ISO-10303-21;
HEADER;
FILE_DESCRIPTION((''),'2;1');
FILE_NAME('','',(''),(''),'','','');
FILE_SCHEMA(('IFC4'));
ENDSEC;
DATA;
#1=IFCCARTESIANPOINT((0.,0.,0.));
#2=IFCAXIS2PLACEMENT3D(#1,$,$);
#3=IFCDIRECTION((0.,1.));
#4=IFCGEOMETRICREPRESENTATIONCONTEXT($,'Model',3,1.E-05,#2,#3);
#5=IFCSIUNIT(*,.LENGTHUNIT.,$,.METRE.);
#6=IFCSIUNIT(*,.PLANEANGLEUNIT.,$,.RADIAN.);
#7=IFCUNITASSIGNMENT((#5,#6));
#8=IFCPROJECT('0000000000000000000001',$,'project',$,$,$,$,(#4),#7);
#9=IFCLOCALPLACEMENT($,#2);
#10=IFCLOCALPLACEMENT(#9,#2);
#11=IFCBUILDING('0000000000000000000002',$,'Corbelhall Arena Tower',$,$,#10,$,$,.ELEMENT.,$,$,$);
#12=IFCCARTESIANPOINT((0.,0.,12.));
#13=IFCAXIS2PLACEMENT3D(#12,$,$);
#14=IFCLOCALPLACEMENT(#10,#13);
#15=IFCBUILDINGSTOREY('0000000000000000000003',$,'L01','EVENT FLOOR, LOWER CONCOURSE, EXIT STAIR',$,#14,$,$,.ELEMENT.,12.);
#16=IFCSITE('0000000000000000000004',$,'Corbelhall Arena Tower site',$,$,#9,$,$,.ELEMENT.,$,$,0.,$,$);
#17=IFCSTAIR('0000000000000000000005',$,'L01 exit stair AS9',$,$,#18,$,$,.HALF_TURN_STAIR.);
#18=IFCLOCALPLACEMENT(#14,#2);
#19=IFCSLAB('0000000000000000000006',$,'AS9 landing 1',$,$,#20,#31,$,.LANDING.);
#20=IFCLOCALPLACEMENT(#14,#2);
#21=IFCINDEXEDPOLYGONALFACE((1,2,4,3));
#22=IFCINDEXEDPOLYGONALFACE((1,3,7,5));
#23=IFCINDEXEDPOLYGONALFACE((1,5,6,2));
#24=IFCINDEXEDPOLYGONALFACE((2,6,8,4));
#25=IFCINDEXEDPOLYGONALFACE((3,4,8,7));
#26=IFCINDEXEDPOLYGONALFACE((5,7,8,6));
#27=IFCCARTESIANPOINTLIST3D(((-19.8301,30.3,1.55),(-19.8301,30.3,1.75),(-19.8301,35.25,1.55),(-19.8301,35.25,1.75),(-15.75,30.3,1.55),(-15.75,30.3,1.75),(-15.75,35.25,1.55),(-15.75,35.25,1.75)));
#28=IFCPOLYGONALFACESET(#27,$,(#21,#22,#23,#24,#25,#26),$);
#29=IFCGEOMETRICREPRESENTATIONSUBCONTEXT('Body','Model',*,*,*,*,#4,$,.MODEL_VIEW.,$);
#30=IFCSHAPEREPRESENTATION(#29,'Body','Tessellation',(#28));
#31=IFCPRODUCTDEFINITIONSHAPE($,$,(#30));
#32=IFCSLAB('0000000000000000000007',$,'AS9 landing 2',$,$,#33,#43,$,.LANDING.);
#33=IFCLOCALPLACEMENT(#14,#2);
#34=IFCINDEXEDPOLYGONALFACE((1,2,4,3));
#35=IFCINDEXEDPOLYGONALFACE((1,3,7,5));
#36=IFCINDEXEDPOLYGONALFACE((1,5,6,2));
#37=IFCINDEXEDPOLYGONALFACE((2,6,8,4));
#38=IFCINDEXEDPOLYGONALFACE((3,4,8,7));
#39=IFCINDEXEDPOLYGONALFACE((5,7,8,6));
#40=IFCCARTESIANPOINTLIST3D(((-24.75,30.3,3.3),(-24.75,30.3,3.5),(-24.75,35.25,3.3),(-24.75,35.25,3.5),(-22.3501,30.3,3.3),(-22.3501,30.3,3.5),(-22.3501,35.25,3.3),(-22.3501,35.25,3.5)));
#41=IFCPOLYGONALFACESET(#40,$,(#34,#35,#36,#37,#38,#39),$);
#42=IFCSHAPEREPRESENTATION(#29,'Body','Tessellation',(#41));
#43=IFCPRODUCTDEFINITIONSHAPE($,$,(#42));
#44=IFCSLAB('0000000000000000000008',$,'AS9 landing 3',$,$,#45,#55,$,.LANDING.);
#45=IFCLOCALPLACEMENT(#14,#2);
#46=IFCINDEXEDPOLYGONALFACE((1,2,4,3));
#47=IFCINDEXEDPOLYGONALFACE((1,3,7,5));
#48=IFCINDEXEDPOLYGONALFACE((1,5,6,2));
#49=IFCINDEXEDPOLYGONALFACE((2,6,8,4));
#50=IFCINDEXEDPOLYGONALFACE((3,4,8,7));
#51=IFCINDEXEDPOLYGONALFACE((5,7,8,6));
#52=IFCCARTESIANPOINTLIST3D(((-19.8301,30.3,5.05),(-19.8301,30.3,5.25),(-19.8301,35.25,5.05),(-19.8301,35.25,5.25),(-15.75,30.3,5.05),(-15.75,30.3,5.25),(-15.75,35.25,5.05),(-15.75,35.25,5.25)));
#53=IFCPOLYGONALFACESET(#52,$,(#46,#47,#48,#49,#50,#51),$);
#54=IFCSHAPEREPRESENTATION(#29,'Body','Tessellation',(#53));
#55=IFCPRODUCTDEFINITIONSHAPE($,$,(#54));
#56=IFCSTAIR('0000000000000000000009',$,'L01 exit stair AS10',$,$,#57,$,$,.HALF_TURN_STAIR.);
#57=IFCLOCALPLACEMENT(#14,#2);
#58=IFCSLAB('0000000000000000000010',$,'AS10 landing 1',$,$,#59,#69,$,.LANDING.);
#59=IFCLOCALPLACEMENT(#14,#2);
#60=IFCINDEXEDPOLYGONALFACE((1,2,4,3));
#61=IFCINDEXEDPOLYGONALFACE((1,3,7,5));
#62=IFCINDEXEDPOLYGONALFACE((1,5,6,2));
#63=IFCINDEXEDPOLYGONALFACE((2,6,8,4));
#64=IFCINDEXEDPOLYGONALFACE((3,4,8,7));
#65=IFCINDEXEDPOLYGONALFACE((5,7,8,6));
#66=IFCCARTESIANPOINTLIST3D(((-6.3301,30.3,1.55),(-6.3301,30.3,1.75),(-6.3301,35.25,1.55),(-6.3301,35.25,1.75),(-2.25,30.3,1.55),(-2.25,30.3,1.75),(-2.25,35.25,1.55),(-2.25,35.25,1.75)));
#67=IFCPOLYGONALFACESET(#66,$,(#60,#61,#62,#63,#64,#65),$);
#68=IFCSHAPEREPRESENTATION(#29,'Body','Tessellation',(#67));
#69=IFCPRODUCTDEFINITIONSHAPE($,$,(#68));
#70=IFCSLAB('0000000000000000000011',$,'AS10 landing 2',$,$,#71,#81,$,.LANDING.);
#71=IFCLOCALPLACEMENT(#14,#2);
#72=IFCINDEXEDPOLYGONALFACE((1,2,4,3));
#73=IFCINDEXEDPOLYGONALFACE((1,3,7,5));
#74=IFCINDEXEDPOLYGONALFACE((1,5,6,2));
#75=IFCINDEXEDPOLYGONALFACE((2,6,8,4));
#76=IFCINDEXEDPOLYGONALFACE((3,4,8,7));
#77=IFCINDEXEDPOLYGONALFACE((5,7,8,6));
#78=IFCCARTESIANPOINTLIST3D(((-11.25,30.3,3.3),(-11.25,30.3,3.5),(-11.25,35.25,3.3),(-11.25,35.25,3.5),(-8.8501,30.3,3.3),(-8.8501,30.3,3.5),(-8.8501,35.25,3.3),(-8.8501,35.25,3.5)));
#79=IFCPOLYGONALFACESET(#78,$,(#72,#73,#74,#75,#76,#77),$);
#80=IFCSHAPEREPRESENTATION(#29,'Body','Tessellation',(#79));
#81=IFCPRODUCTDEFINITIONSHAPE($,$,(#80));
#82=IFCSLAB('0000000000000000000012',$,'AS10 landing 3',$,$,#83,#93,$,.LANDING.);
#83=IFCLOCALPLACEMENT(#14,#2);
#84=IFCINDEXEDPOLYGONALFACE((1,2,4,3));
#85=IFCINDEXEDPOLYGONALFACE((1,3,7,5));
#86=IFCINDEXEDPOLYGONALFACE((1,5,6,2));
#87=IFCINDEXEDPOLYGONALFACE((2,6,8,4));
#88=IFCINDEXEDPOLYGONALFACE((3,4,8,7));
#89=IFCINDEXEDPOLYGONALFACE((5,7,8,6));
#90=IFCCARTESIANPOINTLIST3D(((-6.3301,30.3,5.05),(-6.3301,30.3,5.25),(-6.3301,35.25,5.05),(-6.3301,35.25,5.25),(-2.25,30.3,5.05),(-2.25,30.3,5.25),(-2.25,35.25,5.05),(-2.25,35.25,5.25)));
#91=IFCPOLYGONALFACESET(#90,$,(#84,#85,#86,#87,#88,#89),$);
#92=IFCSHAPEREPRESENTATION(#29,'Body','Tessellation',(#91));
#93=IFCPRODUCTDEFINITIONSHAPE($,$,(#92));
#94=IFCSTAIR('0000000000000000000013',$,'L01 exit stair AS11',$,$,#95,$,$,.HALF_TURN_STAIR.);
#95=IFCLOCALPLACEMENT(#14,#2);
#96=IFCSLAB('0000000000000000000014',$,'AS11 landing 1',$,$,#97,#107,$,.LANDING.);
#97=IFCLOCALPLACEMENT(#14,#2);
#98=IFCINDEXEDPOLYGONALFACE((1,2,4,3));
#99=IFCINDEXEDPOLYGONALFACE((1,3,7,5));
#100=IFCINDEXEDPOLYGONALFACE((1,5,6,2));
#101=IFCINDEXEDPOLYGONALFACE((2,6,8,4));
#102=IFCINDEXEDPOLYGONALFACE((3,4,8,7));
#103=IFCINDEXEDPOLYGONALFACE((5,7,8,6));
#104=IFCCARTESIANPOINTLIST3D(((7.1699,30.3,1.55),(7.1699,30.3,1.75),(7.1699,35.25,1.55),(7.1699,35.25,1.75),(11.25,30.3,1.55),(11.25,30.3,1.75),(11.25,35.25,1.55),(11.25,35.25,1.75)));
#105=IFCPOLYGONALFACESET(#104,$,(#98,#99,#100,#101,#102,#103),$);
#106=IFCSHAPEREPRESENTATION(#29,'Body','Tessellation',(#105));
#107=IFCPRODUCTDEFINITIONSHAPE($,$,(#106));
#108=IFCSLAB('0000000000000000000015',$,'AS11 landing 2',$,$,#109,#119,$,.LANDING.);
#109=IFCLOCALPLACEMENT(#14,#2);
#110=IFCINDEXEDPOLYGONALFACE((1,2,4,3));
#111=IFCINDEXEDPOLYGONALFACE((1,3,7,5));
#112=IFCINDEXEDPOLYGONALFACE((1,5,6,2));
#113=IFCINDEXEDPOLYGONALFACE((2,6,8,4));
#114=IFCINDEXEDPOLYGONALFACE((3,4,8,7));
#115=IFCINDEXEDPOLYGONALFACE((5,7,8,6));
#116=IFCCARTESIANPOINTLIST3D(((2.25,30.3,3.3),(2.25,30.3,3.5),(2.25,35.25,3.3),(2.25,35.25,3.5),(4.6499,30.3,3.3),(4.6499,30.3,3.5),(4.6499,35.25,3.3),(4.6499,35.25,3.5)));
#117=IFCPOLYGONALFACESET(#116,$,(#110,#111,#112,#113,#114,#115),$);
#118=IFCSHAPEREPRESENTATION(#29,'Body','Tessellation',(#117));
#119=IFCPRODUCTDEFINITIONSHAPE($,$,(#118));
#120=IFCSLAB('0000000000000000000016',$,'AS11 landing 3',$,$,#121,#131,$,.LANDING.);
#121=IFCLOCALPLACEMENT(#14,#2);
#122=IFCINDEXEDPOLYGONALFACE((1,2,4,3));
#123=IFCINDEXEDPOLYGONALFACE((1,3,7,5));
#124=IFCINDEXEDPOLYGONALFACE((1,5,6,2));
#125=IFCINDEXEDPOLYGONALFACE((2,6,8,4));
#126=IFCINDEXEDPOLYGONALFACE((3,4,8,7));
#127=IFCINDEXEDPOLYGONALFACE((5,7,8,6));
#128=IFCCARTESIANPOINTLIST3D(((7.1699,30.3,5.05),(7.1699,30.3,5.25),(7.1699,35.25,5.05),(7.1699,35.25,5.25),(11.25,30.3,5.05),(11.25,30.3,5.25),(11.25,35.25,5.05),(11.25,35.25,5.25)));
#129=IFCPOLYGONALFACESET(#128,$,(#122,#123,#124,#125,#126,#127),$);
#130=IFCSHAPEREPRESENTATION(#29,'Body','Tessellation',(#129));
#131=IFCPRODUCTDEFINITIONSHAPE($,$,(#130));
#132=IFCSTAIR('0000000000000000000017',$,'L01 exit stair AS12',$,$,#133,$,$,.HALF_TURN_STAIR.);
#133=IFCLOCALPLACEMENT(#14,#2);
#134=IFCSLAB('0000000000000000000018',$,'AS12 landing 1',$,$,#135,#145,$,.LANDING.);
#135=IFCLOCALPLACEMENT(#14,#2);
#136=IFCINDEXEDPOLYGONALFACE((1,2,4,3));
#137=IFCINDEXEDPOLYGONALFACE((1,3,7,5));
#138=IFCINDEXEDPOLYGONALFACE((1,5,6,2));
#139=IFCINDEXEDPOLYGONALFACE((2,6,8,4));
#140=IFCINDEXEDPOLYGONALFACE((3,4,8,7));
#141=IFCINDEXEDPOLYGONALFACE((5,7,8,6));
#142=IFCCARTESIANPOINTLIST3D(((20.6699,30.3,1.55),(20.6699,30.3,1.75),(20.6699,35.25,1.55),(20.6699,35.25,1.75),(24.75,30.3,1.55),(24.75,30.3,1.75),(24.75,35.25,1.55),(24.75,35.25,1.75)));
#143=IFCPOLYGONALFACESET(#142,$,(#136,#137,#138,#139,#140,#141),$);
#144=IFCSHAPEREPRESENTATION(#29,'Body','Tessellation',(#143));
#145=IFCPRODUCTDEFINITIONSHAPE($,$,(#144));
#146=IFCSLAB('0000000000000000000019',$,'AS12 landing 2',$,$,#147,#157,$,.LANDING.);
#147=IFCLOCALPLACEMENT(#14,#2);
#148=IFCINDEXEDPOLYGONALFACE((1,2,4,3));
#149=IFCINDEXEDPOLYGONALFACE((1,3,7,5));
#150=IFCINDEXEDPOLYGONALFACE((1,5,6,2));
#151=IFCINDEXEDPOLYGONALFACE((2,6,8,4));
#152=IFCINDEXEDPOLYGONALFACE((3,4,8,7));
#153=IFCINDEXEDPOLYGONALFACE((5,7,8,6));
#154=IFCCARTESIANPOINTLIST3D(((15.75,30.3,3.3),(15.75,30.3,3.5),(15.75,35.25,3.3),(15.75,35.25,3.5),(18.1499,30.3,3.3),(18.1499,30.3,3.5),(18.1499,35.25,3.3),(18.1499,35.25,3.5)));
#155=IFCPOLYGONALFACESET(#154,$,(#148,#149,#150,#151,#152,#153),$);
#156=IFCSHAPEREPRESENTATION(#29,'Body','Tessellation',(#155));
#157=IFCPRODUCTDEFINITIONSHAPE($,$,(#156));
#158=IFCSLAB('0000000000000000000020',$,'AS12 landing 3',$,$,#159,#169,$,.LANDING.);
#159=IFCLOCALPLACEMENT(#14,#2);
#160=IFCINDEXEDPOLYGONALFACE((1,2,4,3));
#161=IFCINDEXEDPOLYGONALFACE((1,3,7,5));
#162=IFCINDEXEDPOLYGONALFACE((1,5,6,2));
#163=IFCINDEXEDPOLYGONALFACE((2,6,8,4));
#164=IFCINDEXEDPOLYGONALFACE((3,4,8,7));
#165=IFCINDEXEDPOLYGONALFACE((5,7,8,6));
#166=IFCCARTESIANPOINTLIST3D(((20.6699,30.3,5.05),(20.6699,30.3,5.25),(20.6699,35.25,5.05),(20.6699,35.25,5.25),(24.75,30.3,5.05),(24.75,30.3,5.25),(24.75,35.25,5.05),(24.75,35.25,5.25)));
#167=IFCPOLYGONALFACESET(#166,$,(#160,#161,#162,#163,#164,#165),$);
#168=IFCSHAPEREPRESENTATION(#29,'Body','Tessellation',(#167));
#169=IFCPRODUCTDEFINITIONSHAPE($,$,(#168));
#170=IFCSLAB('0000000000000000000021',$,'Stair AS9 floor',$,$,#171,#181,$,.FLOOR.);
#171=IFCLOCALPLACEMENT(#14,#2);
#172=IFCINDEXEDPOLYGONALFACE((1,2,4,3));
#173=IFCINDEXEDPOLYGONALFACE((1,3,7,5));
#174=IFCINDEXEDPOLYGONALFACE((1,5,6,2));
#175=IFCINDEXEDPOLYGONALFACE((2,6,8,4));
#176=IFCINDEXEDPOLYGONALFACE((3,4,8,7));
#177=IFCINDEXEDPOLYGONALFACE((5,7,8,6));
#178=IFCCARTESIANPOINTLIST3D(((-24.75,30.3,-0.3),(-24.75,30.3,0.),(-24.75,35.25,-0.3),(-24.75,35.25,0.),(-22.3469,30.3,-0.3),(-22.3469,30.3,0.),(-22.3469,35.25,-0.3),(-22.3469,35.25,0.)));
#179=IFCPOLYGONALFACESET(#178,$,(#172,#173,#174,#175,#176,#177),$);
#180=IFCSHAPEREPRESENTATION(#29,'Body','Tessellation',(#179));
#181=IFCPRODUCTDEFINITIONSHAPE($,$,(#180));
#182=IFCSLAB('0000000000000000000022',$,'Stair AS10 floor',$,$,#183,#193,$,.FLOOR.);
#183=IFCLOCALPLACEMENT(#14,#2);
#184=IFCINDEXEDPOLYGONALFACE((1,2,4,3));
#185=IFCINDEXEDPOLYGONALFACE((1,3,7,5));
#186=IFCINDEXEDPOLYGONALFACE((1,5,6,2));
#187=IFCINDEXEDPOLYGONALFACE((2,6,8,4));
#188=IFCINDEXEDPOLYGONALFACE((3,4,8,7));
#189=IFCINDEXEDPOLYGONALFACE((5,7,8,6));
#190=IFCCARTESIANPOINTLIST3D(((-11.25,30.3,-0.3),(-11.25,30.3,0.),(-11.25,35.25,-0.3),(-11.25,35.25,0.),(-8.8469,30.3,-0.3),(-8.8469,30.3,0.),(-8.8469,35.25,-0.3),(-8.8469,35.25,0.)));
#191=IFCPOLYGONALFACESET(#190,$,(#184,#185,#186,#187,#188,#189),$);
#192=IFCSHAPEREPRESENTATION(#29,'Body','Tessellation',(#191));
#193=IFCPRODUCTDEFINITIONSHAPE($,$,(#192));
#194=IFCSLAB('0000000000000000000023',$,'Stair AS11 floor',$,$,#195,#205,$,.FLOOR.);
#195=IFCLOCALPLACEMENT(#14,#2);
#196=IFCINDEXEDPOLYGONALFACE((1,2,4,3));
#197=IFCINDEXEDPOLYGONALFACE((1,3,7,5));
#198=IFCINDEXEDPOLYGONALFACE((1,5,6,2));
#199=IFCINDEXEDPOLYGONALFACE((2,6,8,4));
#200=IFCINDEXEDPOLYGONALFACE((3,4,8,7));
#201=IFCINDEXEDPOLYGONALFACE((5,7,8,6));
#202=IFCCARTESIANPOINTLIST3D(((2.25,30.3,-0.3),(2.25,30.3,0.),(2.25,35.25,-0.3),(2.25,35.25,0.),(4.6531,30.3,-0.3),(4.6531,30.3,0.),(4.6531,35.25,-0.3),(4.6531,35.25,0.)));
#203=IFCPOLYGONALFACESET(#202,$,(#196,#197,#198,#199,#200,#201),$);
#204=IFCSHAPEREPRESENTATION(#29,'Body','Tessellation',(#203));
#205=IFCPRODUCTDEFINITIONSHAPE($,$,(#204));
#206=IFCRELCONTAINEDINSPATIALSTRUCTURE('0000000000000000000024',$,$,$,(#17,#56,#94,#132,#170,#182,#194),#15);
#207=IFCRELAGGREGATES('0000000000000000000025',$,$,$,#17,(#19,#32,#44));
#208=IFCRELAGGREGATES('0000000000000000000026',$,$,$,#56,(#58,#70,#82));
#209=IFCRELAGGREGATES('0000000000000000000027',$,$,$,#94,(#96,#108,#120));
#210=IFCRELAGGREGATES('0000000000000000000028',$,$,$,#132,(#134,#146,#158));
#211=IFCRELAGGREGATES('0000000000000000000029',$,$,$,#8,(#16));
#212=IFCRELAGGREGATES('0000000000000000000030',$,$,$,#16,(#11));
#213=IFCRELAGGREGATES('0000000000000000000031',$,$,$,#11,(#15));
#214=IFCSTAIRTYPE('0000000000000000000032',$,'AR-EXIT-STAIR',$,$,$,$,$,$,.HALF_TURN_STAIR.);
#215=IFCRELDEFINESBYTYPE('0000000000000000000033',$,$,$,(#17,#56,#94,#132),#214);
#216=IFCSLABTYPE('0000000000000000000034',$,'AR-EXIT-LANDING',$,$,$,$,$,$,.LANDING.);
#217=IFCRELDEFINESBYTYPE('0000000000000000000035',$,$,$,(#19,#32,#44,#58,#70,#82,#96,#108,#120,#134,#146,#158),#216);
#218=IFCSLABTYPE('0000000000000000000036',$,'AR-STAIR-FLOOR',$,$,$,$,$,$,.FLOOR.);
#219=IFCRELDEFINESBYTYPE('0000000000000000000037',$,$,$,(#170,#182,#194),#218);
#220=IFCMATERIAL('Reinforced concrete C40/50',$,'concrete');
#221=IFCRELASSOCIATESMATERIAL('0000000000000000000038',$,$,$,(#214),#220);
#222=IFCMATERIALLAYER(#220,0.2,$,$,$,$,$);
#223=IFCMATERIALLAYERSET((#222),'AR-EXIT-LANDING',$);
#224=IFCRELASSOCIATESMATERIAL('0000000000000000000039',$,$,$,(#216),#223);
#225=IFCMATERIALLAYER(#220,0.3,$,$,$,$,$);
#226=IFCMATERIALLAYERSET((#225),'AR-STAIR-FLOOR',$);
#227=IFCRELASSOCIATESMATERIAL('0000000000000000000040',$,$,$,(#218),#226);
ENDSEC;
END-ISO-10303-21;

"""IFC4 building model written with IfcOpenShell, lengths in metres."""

from ifc_helpers import new_model, si_unit, direction, frame, origin, place, context, subcontext, project, spatial, polyline, outline, extrude, material, layer, layer_set, type_object, element, aggregate, save


model = new_model("IFC4")

# Units and contexts
model_context = context("Model", 3, precision=1e-05, world=origin(), true_north=direction((0.0, 1.0)))
body_context = subcontext(model_context, "Body", "Model", "MODEL_VIEW")
ifc_project = project(units=[si_unit("LENGTHUNIT", "METRE"), si_unit("PLANEANGLEUNIT", "RADIAN")], contexts=[model_context])

# Site, building, storey
site_placement = place(None, origin())
site = spatial("IfcSite", under=ifc_project, at=site_placement, Name="Corbelhall Arena Tower site", CompositionType="ELEMENT", RefElevation=0.0)
building_placement = place(site_placement, origin())
building = spatial("IfcBuilding", under=site, at=building_placement, Name="Corbelhall Arena Tower", CompositionType="ELEMENT")
storey_placement = place(building_placement, frame((0.0, 0.0, 12.0)))
storey = spatial("IfcBuildingStorey", under=building, at=storey_placement, Name="L01", Description="EVENT FLOOR, LOWER CONCOURSE, EXIT STAIR", CompositionType="ELEMENT", Elevation=12.0)

# Stairs, slabs
ifc_material_1 = material(Name="Reinforced concrete C40/50", Category="concrete")
stair_type_1 = type_object("IfcStairType", Name="AR-EXIT-STAIR", PredefinedType="HALF_TURN_STAIR", material=ifc_material_1)
stair_1_placement = place(storey_placement, origin())
stair_1 = element("IfcStair", 1, at=stair_1_placement, inside=storey, type_object=stair_type_1, Name="L01 exit stair AS9", PredefinedType="HALF_TURN_STAIR")
ifc_layer_1 = layer(ifc_material_1, 0.2)
ifc_layer_set_1 = layer_set([ifc_layer_1], Name="AR-EXIT-LANDING")
slab_type_1 = type_object("IfcSlabType", Name="AR-EXIT-LANDING", PredefinedType="LANDING", material=ifc_layer_set_1)
slab_1_placement = place(storey_placement, frame((0.0, 0.0, 1.55)))
slab_1 = element("IfcSlab", 2, at=slab_1_placement, type_object=slab_type_1, Name="AS9 landing 1", PredefinedType="LANDING", context=body_context, shape_type="SweptSolid", body=[
    extrude(outline(polyline([(-19.8301, 30.3), (-15.75, 30.3), (-15.75, 35.25), (-19.8301, 35.25), (-19.8301, 30.3)])), origin(), (0.0, 0.0, 1.0), 0.2),
])
slab_2_placement = place(storey_placement, frame((0.0, 0.0, 3.3)))
slab_2 = element("IfcSlab", 3, at=slab_2_placement, type_object=slab_type_1, Name="AS9 landing 2", PredefinedType="LANDING", context=body_context, shape_type="SweptSolid", body=[
    extrude(outline(polyline([(-24.75, 30.3), (-22.3501, 30.3), (-22.3501, 35.25), (-24.75, 35.25), (-24.75, 30.3)])), origin(), (0.0, 0.0, 1.0), 0.2),
])
slab_3_placement = place(storey_placement, frame((0.0, 0.0, 5.05)))
slab_3 = element("IfcSlab", 4, at=slab_3_placement, type_object=slab_type_1, Name="AS9 landing 3", PredefinedType="LANDING", context=body_context, shape_type="SweptSolid", body=[
    extrude(outline(polyline([(-19.8301, 30.3), (-15.75, 30.3), (-15.75, 35.25), (-19.8301, 35.25), (-19.8301, 30.3)])), origin(), (0.0, 0.0, 1.0), 0.2),
])
aggregate(stair_1, [slab_1, slab_2, slab_3])
stair_2_placement = place(storey_placement, origin())
stair_2 = element("IfcStair", 5, at=stair_2_placement, inside=storey, type_object=stair_type_1, Name="L01 exit stair AS10", PredefinedType="HALF_TURN_STAIR")
slab_4_placement = place(storey_placement, frame((0.0, 0.0, 1.55)))
slab_4 = element("IfcSlab", 6, at=slab_4_placement, type_object=slab_type_1, Name="AS10 landing 1", PredefinedType="LANDING", context=body_context, shape_type="SweptSolid", body=[
    extrude(outline(polyline([(-6.3301, 30.3), (-2.25, 30.3), (-2.25, 35.25), (-6.3301, 35.25), (-6.3301, 30.3)])), origin(), (0.0, 0.0, 1.0), 0.2),
])
slab_5_placement = place(storey_placement, frame((0.0, 0.0, 3.3)))
slab_5 = element("IfcSlab", 7, at=slab_5_placement, type_object=slab_type_1, Name="AS10 landing 2", PredefinedType="LANDING", context=body_context, shape_type="SweptSolid", body=[
    extrude(outline(polyline([(-11.25, 30.3), (-8.8501, 30.3), (-8.8501, 35.25), (-11.25, 35.25), (-11.25, 30.3)])), origin(), (0.0, 0.0, 1.0), 0.2),
])
slab_6_placement = place(storey_placement, frame((0.0, 0.0, 5.05)))
slab_6 = element("IfcSlab", 8, at=slab_6_placement, type_object=slab_type_1, Name="AS10 landing 3", PredefinedType="LANDING", context=body_context, shape_type="SweptSolid", body=[
    extrude(outline(polyline([(-6.3301, 30.3), (-2.25, 30.3), (-2.25, 35.25), (-6.3301, 35.25), (-6.3301, 30.3)])), origin(), (0.0, 0.0, 1.0), 0.2),
])
aggregate(stair_2, [slab_4, slab_5, slab_6])
stair_3_placement = place(storey_placement, origin())
stair_3 = element("IfcStair", 9, at=stair_3_placement, inside=storey, type_object=stair_type_1, Name="L01 exit stair AS11", PredefinedType="HALF_TURN_STAIR")
slab_7_placement = place(storey_placement, frame((0.0, 0.0, 1.55)))
slab_7 = element("IfcSlab", 10, at=slab_7_placement, type_object=slab_type_1, Name="AS11 landing 1", PredefinedType="LANDING", context=body_context, shape_type="SweptSolid", body=[
    extrude(outline(polyline([(7.1699, 30.3), (11.25, 30.3), (11.25, 35.25), (7.1699, 35.25), (7.1699, 30.3)])), origin(), (0.0, 0.0, 1.0), 0.2),
])
slab_8_placement = place(storey_placement, frame((0.0, 0.0, 3.3)))
slab_8 = element("IfcSlab", 11, at=slab_8_placement, type_object=slab_type_1, Name="AS11 landing 2", PredefinedType="LANDING", context=body_context, shape_type="SweptSolid", body=[
    extrude(outline(polyline([(2.25, 30.3), (4.6499, 30.3), (4.6499, 35.25), (2.25, 35.25), (2.25, 30.3)])), origin(), (0.0, 0.0, 1.0), 0.2),
])
slab_9_placement = place(storey_placement, frame((0.0, 0.0, 5.05)))
slab_9 = element("IfcSlab", 12, at=slab_9_placement, type_object=slab_type_1, Name="AS11 landing 3", PredefinedType="LANDING", context=body_context, shape_type="SweptSolid", body=[
    extrude(outline(polyline([(7.1699, 30.3), (11.25, 30.3), (11.25, 35.25), (7.1699, 35.25), (7.1699, 30.3)])), origin(), (0.0, 0.0, 1.0), 0.2),
])
aggregate(stair_3, [slab_7, slab_8, slab_9])
stair_4_placement = place(storey_placement, origin())
stair_4 = element("IfcStair", 13, at=stair_4_placement, inside=storey, type_object=stair_type_1, Name="L01 exit stair AS12", PredefinedType="HALF_TURN_STAIR")
slab_10_placement = place(storey_placement, frame((0.0, 0.0, 1.55)))
slab_10 = element("IfcSlab", 14, at=slab_10_placement, type_object=slab_type_1, Name="AS12 landing 1", PredefinedType="LANDING", context=body_context, shape_type="SweptSolid", body=[
    extrude(outline(polyline([(20.6699, 30.3), (24.75, 30.3), (24.75, 35.25), (20.6699, 35.25), (20.6699, 30.3)])), origin(), (0.0, 0.0, 1.0), 0.2),
])
slab_11_placement = place(storey_placement, frame((0.0, 0.0, 3.3)))
slab_11 = element("IfcSlab", 15, at=slab_11_placement, type_object=slab_type_1, Name="AS12 landing 2", PredefinedType="LANDING", context=body_context, shape_type="SweptSolid", body=[
    extrude(outline(polyline([(15.75, 30.3), (18.1499, 30.3), (18.1499, 35.25), (15.75, 35.25), (15.75, 30.3)])), origin(), (0.0, 0.0, 1.0), 0.2),
])
slab_12_placement = place(storey_placement, frame((0.0, 0.0, 5.05)))
slab_12 = element("IfcSlab", 16, at=slab_12_placement, type_object=slab_type_1, Name="AS12 landing 3", PredefinedType="LANDING", context=body_context, shape_type="SweptSolid", body=[
    extrude(outline(polyline([(20.6699, 30.3), (24.75, 30.3), (24.75, 35.25), (20.6699, 35.25), (20.6699, 30.3)])), origin(), (0.0, 0.0, 1.0), 0.2),
])
aggregate(stair_4, [slab_10, slab_11, slab_12])

# Slabs
ifc_layer_2 = layer(ifc_material_1, 0.3)
ifc_layer_set_2 = layer_set([ifc_layer_2], Name="AR-STAIR-FLOOR")
slab_type_2 = type_object("IfcSlabType", Name="AR-STAIR-FLOOR", PredefinedType="FLOOR", material=ifc_layer_set_2)
slab_13_placement = place(storey_placement, frame((0.0, 0.0, -0.3)))
element("IfcSlab", 17, at=slab_13_placement, inside=storey, type_object=slab_type_2, Name="Stair AS9 floor", PredefinedType="FLOOR", context=body_context, shape_type="SweptSolid", body=[
    extrude(outline(polyline([(-24.75, 30.3), (-24.75, 35.25), (-22.3469, 35.25), (-22.3469, 30.3), (-24.75, 30.3)])), origin(), (0.0, 0.0, 1.0), 0.3),
])
slab_14_placement = place(storey_placement, frame((0.0, 0.0, -0.3)))
element("IfcSlab", 18, at=slab_14_placement, inside=storey, type_object=slab_type_2, Name="Stair AS10 floor", PredefinedType="FLOOR", context=body_context, shape_type="SweptSolid", body=[
    extrude(outline(polyline([(-11.25, 30.3), (-11.25, 35.25), (-8.8469, 35.25), (-8.8469, 30.3), (-11.25, 30.3)])), origin(), (0.0, 0.0, 1.0), 0.3),
])
slab_15_placement = place(storey_placement, frame((0.0, 0.0, -0.3)))
element("IfcSlab", 19, at=slab_15_placement, inside=storey, type_object=slab_type_2, Name="Stair AS11 floor", PredefinedType="FLOOR", context=body_context, shape_type="SweptSolid", body=[
    extrude(outline(polyline([(2.25, 30.3), (2.25, 35.25), (4.6531, 35.25), (4.6531, 30.3), (2.25, 30.3)])), origin(), (0.0, 0.0, 1.0), 0.3),
])

save(model, "model.ifc")
